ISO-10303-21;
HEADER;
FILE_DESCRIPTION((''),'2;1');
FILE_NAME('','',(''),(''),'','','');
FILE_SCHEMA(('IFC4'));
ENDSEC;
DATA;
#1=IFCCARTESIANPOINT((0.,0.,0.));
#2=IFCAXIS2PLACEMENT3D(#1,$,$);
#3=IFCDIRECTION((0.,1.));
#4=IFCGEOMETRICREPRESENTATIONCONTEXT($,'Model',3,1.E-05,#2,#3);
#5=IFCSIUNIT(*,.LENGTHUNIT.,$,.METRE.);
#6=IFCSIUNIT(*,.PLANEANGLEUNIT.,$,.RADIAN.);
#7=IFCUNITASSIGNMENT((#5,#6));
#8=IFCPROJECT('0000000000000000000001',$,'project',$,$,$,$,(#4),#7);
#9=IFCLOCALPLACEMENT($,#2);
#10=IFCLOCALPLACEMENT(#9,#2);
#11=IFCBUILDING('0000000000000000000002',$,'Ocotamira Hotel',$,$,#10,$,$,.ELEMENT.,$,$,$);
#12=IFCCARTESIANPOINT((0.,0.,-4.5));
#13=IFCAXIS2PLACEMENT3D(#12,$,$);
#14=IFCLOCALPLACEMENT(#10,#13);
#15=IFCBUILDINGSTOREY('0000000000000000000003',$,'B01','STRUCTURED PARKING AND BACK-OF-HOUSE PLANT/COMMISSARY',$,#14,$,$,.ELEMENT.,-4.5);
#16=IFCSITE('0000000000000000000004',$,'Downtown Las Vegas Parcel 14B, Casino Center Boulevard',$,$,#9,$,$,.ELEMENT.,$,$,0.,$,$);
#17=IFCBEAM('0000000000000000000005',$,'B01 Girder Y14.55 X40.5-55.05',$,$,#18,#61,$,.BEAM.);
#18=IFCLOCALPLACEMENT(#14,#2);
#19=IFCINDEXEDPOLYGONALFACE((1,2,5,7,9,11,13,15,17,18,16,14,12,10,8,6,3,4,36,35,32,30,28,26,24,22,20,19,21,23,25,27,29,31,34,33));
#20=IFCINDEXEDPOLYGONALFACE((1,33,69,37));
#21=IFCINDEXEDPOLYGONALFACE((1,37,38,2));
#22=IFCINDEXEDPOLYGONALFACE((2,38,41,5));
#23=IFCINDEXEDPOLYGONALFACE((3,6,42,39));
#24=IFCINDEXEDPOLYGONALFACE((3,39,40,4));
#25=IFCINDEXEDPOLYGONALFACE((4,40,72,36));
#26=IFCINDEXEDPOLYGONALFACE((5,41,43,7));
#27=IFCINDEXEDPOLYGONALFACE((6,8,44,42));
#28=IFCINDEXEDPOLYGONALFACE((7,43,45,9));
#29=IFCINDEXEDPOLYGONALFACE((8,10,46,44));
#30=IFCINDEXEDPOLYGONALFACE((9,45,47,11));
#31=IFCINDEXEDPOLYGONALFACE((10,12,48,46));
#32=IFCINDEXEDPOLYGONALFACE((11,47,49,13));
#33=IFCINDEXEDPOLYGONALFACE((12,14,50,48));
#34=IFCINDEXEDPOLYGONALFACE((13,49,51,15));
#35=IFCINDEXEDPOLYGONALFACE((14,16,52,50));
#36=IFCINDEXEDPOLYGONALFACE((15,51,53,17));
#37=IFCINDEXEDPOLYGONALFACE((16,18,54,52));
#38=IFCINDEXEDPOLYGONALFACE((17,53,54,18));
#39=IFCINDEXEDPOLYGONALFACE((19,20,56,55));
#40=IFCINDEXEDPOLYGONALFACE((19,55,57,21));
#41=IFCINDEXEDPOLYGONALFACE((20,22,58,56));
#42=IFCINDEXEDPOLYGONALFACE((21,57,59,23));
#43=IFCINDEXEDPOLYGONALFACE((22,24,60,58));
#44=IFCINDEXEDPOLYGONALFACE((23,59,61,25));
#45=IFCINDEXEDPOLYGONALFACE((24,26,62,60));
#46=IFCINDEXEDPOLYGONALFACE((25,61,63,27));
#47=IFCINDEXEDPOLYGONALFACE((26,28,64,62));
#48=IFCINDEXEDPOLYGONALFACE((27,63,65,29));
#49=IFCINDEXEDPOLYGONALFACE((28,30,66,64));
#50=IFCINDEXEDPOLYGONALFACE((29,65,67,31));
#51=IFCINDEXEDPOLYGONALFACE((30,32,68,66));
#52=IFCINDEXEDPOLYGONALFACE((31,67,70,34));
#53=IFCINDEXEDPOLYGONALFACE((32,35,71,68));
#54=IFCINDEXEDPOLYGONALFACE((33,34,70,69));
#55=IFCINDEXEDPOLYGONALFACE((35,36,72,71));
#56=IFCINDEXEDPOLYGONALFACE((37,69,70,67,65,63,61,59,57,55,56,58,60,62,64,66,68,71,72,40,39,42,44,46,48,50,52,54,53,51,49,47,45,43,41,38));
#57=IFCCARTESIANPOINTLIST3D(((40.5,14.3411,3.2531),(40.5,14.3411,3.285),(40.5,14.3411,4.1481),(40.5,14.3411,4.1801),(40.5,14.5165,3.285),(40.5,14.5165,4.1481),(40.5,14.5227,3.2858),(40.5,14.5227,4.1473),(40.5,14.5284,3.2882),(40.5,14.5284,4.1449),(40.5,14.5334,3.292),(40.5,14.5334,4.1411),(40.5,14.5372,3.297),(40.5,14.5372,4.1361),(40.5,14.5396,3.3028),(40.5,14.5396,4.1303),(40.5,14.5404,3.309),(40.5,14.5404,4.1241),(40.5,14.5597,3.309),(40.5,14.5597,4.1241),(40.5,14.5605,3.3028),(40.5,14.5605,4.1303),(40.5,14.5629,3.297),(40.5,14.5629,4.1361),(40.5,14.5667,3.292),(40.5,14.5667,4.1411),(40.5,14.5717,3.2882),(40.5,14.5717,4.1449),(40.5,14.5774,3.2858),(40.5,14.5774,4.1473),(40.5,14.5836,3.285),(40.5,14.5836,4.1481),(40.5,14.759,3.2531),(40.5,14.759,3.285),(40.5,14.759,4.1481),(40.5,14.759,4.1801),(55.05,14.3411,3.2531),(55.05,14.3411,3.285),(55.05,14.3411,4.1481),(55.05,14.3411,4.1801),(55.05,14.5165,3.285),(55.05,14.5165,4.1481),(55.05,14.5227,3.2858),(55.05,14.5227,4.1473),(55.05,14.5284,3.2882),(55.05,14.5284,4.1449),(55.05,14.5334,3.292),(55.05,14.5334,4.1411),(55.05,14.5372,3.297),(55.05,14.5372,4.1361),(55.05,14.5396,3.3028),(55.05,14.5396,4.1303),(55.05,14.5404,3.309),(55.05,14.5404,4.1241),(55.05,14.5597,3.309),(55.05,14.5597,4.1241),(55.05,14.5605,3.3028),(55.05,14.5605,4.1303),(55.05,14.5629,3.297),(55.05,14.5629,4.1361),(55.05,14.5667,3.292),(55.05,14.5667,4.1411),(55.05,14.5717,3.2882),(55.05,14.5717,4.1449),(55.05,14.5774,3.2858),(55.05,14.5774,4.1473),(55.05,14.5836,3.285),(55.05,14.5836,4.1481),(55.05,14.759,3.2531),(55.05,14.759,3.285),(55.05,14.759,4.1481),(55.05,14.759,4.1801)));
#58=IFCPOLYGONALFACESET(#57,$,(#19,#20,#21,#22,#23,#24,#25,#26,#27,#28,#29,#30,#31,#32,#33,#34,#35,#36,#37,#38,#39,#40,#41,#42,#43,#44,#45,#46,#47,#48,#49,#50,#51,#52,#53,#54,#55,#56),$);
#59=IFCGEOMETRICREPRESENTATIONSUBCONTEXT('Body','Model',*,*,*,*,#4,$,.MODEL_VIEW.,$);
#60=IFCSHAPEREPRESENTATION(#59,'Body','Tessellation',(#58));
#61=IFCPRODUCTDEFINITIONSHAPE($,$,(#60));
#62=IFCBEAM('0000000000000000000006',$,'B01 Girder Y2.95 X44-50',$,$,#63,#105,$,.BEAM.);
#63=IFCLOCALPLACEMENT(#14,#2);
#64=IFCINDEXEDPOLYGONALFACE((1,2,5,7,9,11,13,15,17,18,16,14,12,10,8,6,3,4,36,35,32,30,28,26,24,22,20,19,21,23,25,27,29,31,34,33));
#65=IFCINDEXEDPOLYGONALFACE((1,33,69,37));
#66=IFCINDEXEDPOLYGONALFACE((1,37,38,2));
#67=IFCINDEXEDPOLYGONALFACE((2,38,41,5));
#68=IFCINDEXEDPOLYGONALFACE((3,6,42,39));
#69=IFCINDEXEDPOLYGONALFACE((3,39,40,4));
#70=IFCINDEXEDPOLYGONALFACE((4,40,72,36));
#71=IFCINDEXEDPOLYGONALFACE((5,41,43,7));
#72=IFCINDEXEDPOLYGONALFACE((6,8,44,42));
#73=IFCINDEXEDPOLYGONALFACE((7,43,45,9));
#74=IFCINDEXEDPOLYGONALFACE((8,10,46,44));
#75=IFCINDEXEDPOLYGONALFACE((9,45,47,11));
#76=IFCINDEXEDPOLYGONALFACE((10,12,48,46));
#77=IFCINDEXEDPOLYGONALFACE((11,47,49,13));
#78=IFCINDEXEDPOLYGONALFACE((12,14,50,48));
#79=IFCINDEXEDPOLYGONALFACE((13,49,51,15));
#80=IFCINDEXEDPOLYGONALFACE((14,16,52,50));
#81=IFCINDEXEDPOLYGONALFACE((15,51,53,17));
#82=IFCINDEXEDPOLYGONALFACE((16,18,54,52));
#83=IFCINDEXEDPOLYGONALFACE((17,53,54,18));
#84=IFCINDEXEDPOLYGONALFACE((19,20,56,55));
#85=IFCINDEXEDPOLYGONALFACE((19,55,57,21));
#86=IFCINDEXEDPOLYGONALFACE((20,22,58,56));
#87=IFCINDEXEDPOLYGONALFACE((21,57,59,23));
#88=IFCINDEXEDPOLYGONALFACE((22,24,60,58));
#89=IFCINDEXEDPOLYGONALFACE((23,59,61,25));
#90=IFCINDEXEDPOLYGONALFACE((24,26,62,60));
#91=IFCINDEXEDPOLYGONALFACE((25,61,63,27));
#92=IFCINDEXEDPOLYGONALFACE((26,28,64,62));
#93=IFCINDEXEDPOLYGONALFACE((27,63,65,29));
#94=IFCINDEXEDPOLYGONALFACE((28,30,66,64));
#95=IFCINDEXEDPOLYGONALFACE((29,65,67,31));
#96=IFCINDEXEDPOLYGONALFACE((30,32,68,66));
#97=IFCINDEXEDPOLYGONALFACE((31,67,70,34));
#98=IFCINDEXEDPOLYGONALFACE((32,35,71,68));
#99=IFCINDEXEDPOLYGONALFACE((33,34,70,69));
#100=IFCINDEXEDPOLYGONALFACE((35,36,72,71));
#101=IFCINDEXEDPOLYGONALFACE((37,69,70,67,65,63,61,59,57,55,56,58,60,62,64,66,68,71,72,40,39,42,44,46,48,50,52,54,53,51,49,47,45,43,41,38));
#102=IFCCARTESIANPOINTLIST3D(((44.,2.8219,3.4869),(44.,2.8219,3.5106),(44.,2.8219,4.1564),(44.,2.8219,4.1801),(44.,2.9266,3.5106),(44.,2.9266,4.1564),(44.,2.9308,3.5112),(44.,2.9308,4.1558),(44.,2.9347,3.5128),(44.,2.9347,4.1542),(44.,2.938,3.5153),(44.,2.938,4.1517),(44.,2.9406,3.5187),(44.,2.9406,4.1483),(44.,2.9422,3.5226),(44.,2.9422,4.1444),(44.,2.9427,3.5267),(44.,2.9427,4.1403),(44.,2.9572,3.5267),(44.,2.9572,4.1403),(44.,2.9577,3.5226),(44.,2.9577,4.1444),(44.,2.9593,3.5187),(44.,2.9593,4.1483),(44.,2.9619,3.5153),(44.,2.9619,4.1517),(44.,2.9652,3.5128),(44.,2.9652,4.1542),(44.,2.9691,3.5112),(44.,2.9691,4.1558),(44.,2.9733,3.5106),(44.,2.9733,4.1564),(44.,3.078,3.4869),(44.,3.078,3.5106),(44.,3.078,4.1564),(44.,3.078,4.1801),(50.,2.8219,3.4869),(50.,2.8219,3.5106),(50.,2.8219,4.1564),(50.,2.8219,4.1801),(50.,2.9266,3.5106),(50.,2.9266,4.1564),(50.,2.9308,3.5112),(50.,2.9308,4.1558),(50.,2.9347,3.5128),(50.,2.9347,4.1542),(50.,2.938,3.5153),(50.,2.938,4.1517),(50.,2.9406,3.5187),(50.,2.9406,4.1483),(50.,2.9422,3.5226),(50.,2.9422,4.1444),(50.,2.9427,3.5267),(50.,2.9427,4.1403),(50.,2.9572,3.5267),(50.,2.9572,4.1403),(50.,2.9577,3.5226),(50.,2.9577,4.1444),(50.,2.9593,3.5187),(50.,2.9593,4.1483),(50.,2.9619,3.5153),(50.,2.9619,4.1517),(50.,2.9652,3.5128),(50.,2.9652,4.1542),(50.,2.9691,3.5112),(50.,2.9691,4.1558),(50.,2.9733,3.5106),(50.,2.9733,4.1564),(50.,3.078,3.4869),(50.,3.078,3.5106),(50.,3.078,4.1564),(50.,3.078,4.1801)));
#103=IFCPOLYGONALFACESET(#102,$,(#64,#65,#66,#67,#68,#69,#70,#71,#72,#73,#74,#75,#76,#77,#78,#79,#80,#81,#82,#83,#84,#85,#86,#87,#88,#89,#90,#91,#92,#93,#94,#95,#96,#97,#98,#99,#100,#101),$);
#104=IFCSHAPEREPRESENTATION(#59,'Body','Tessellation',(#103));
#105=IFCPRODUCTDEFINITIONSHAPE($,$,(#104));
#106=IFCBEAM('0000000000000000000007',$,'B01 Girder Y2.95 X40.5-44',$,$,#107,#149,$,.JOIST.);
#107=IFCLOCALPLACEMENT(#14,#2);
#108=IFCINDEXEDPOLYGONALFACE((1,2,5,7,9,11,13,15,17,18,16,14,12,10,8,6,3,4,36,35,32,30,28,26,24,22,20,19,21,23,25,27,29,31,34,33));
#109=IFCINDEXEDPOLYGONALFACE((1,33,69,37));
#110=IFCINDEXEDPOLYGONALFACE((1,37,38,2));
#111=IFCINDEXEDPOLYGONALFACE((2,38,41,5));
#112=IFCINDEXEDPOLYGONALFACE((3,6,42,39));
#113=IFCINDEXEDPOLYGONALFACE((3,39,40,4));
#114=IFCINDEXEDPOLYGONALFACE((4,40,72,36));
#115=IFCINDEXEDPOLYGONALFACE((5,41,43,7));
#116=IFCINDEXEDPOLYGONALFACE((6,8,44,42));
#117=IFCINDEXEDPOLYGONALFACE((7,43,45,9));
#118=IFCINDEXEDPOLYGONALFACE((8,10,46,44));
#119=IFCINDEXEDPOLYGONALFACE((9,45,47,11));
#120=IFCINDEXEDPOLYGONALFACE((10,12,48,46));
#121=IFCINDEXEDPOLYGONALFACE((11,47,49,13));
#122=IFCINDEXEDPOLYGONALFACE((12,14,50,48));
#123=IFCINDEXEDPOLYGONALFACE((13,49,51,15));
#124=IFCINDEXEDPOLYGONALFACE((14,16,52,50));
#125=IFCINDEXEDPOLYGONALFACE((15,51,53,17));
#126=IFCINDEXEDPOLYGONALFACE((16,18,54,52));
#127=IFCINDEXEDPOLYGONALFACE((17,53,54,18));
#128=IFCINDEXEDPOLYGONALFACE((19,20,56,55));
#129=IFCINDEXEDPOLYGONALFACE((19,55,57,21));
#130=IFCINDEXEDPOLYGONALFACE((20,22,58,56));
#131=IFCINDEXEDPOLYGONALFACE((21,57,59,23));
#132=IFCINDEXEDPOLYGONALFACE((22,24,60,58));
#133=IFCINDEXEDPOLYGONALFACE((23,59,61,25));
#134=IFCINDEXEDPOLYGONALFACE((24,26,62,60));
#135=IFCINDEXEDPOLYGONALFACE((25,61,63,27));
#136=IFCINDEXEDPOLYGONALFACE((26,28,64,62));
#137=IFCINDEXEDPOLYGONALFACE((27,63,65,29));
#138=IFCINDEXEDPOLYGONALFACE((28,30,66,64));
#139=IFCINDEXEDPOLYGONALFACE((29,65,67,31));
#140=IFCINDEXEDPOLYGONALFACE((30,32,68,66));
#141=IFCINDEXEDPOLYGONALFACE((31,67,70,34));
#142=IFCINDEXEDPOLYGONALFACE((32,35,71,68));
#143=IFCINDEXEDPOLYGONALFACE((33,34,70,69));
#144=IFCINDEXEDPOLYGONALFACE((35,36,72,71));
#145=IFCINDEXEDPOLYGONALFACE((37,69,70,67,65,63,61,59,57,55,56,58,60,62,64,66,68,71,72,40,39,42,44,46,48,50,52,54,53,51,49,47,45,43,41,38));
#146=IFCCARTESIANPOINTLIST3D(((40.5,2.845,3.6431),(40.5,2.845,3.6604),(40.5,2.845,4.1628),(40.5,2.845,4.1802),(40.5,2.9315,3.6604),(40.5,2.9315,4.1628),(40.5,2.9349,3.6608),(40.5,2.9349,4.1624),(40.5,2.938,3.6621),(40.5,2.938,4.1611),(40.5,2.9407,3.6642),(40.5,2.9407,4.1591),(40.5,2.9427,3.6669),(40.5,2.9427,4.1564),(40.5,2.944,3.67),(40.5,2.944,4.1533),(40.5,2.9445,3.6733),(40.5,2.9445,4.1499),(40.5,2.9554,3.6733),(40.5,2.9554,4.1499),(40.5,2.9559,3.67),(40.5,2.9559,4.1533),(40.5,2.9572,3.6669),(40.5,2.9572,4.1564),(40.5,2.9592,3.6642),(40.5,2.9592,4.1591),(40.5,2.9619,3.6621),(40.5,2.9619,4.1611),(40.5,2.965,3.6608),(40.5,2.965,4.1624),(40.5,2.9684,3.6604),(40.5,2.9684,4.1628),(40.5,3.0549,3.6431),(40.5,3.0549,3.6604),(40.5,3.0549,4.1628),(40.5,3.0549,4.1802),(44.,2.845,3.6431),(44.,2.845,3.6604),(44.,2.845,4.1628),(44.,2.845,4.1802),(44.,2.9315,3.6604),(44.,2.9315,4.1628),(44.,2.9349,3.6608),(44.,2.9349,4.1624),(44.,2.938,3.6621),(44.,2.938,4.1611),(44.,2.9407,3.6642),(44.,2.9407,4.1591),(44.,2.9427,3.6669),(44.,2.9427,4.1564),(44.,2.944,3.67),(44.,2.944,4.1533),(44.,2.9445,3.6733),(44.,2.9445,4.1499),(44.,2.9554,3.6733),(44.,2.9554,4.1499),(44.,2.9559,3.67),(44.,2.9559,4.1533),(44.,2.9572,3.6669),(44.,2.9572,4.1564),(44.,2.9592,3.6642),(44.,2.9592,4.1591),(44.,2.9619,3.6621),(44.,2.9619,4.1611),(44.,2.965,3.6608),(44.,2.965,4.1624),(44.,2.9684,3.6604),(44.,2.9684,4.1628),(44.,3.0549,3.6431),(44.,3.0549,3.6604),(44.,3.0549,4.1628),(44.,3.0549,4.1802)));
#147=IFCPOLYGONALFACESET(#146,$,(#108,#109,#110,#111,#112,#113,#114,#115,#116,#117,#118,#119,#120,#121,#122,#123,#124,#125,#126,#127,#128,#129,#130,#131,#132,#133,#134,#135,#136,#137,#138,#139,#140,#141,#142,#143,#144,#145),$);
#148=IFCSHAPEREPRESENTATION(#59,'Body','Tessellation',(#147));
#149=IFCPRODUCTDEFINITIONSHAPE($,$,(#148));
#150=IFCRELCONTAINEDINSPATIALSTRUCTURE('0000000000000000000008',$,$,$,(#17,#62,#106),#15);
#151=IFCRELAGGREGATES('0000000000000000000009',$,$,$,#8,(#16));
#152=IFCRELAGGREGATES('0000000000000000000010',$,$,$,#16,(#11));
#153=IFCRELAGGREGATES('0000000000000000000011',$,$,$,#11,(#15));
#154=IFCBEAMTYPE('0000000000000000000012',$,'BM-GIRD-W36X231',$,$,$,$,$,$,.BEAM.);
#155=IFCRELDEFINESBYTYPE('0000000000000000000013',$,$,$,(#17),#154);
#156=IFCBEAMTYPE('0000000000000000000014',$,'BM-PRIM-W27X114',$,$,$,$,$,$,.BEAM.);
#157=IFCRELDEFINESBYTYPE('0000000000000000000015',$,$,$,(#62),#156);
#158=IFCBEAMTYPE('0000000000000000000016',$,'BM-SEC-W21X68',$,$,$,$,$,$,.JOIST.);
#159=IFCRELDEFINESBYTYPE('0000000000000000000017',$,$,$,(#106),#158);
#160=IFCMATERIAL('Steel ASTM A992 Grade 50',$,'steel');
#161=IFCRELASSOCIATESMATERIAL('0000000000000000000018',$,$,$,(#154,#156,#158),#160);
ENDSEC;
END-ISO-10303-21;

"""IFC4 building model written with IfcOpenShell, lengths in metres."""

from ifc_helpers import new_model, si_unit, direction, frame, origin, origin_2d, place, context, subcontext, project, spatial, i_section, extrude, source, transform, mapped, material, material_profile, profile_set, type_object, element, save


model = new_model("IFC4")

# Units and contexts
model_context = context("Model", 3, precision=1e-05, world=origin(), true_north=direction((0.0, 1.0)))
body_context = subcontext(model_context, "Body", "Model", "MODEL_VIEW")
ifc_project = project(units=[si_unit("LENGTHUNIT", "METRE"), si_unit("PLANEANGLEUNIT", "RADIAN")], contexts=[model_context])

# Site, building, storey
site_placement = place(None, origin())
site = spatial("IfcSite", under=ifc_project, at=site_placement, Name="Downtown Las Vegas Parcel 14B, Casino Center Boulevard", CompositionType="ELEMENT", RefElevation=0.0)
building_placement = place(site_placement, origin())
building = spatial("IfcBuilding", under=site, at=building_placement, Name="Ocotamira Hotel", CompositionType="ELEMENT")
storey_placement = place(building_placement, frame((0.0, 0.0, -4.5)))
storey = spatial("IfcBuildingStorey", under=building, at=storey_placement, Name="B01", Description="STRUCTURED PARKING AND BACK-OF-HOUSE PLANT/COMMISSARY", CompositionType="ELEMENT", Elevation=-4.5)

# Beams
ifc_material_1 = material(Name="Steel ASTM A992 Grade 50", Category="steel")
ifc_material_profile_1 = material_profile(ifc_material_1, i_section(OverallWidth=0.418, OverallDepth=0.927, WebThickness=0.0193, FlangeThickness=0.032, FilletRadius=0.0239, at=origin_2d()), Name="W36X231")
ifc_profile_set_1 = profile_set([ifc_material_profile_1], Name="Steel ASTM A992 Grade 50")
beam_type_1 = type_object("IfcBeamType", Name="BM-GIRD-W36X231", PredefinedType="BEAM", material=ifc_profile_set_1)
shared_shape_1 = source(origin(), body_context, "Body", "SweptSolid", [
    extrude(i_section(OverallWidth=0.418, OverallDepth=0.927, WebThickness=0.0193, FlangeThickness=0.032, FilletRadius=0.0239, at=origin_2d()), origin(), (0.0, 0.0, 1.0), 14.55),
])
for number, where, z_axis, x_axis, name in (
    (1, (40.5, 14.55, 3.7166), (1.0, 0.0, 0.0), (0.0, 1.0, 0.0), "B01 Girder Y14.55 X40.5-55.05"),
):
    element("IfcBeam", number, at=place(storey_placement, frame(where, z_axis=z_axis, x_axis=x_axis)), inside=storey, type_object=beam_type_1, Name=name, PredefinedType="BEAM", context=body_context, shape_type="MappedRepresentation", body=[
        mapped(shared_shape_1, transform((0.0, 0.0, 0.0), scale=1.0)),
    ])
ifc_material_profile_2 = material_profile(ifc_material_1, i_section(OverallWidth=0.2561, OverallDepth=0.6931, WebThickness=0.0144, FlangeThickness=0.0237, FilletRadius=0.0161, at=origin_2d()), Name="W27X114")
ifc_profile_set_2 = profile_set([ifc_material_profile_2], Name="Steel ASTM A992 Grade 50")
beam_type_2 = type_object("IfcBeamType", Name="BM-PRIM-W27X114", PredefinedType="BEAM", material=ifc_profile_set_2)
shared_shape_2 = source(origin(), body_context, "Body", "SweptSolid", [
    extrude(i_section(OverallWidth=0.2561, OverallDepth=0.6931, WebThickness=0.0144, FlangeThickness=0.0237, FilletRadius=0.0161, at=origin_2d()), origin(), (0.0, 0.0, 1.0), 6.0),
])
beam_1_placement = place(storey_placement, frame((44.0, 2.95, 3.8335), z_axis=(1.0, 0.0, 0.0), x_axis=(0.0, 1.0, 0.0)))
element("IfcBeam", 2, at=beam_1_placement, inside=storey, type_object=beam_type_2, Name="B01 Girder Y2.95 X44-50", PredefinedType="BEAM", context=body_context, shape_type="MappedRepresentation", body=[
    mapped(shared_shape_2, transform((0.0, 0.0, 0.0), scale=1.0)),
])
ifc_material_profile_3 = material_profile(ifc_material_1, i_section(OverallWidth=0.21, OverallDepth=0.5371, WebThickness=0.011, FlangeThickness=0.0173, FilletRadius=0.0129, at=origin_2d()), Name="W21X68")
ifc_profile_set_3 = profile_set([ifc_material_profile_3], Name="Steel ASTM A992 Grade 50")
beam_type_3 = type_object("IfcBeamType", Name="BM-SEC-W21X68", PredefinedType="JOIST", material=ifc_profile_set_3)
shared_shape_3 = source(origin(), body_context, "Body", "SweptSolid", [
    extrude(i_section(OverallWidth=0.21, OverallDepth=0.5371, WebThickness=0.011, FlangeThickness=0.0173, FilletRadius=0.0129, at=origin_2d()), origin(), (0.0, 0.0, 1.0), 3.5),
])
beam_2_placement = place(storey_placement, frame((40.5, 2.95, 3.9116), z_axis=(1.0, 0.0, 0.0), x_axis=(0.0, 1.0, 0.0)))
element("IfcBeam", 3, at=beam_2_placement, inside=storey, type_object=beam_type_3, Name="B01 Girder Y2.95 X40.5-44", PredefinedType="JOIST", context=body_context, shape_type="MappedRepresentation", body=[
    mapped(shared_shape_3, transform((0.0, 0.0, 0.0), scale=1.0)),
])

save(model, "model.ifc")
